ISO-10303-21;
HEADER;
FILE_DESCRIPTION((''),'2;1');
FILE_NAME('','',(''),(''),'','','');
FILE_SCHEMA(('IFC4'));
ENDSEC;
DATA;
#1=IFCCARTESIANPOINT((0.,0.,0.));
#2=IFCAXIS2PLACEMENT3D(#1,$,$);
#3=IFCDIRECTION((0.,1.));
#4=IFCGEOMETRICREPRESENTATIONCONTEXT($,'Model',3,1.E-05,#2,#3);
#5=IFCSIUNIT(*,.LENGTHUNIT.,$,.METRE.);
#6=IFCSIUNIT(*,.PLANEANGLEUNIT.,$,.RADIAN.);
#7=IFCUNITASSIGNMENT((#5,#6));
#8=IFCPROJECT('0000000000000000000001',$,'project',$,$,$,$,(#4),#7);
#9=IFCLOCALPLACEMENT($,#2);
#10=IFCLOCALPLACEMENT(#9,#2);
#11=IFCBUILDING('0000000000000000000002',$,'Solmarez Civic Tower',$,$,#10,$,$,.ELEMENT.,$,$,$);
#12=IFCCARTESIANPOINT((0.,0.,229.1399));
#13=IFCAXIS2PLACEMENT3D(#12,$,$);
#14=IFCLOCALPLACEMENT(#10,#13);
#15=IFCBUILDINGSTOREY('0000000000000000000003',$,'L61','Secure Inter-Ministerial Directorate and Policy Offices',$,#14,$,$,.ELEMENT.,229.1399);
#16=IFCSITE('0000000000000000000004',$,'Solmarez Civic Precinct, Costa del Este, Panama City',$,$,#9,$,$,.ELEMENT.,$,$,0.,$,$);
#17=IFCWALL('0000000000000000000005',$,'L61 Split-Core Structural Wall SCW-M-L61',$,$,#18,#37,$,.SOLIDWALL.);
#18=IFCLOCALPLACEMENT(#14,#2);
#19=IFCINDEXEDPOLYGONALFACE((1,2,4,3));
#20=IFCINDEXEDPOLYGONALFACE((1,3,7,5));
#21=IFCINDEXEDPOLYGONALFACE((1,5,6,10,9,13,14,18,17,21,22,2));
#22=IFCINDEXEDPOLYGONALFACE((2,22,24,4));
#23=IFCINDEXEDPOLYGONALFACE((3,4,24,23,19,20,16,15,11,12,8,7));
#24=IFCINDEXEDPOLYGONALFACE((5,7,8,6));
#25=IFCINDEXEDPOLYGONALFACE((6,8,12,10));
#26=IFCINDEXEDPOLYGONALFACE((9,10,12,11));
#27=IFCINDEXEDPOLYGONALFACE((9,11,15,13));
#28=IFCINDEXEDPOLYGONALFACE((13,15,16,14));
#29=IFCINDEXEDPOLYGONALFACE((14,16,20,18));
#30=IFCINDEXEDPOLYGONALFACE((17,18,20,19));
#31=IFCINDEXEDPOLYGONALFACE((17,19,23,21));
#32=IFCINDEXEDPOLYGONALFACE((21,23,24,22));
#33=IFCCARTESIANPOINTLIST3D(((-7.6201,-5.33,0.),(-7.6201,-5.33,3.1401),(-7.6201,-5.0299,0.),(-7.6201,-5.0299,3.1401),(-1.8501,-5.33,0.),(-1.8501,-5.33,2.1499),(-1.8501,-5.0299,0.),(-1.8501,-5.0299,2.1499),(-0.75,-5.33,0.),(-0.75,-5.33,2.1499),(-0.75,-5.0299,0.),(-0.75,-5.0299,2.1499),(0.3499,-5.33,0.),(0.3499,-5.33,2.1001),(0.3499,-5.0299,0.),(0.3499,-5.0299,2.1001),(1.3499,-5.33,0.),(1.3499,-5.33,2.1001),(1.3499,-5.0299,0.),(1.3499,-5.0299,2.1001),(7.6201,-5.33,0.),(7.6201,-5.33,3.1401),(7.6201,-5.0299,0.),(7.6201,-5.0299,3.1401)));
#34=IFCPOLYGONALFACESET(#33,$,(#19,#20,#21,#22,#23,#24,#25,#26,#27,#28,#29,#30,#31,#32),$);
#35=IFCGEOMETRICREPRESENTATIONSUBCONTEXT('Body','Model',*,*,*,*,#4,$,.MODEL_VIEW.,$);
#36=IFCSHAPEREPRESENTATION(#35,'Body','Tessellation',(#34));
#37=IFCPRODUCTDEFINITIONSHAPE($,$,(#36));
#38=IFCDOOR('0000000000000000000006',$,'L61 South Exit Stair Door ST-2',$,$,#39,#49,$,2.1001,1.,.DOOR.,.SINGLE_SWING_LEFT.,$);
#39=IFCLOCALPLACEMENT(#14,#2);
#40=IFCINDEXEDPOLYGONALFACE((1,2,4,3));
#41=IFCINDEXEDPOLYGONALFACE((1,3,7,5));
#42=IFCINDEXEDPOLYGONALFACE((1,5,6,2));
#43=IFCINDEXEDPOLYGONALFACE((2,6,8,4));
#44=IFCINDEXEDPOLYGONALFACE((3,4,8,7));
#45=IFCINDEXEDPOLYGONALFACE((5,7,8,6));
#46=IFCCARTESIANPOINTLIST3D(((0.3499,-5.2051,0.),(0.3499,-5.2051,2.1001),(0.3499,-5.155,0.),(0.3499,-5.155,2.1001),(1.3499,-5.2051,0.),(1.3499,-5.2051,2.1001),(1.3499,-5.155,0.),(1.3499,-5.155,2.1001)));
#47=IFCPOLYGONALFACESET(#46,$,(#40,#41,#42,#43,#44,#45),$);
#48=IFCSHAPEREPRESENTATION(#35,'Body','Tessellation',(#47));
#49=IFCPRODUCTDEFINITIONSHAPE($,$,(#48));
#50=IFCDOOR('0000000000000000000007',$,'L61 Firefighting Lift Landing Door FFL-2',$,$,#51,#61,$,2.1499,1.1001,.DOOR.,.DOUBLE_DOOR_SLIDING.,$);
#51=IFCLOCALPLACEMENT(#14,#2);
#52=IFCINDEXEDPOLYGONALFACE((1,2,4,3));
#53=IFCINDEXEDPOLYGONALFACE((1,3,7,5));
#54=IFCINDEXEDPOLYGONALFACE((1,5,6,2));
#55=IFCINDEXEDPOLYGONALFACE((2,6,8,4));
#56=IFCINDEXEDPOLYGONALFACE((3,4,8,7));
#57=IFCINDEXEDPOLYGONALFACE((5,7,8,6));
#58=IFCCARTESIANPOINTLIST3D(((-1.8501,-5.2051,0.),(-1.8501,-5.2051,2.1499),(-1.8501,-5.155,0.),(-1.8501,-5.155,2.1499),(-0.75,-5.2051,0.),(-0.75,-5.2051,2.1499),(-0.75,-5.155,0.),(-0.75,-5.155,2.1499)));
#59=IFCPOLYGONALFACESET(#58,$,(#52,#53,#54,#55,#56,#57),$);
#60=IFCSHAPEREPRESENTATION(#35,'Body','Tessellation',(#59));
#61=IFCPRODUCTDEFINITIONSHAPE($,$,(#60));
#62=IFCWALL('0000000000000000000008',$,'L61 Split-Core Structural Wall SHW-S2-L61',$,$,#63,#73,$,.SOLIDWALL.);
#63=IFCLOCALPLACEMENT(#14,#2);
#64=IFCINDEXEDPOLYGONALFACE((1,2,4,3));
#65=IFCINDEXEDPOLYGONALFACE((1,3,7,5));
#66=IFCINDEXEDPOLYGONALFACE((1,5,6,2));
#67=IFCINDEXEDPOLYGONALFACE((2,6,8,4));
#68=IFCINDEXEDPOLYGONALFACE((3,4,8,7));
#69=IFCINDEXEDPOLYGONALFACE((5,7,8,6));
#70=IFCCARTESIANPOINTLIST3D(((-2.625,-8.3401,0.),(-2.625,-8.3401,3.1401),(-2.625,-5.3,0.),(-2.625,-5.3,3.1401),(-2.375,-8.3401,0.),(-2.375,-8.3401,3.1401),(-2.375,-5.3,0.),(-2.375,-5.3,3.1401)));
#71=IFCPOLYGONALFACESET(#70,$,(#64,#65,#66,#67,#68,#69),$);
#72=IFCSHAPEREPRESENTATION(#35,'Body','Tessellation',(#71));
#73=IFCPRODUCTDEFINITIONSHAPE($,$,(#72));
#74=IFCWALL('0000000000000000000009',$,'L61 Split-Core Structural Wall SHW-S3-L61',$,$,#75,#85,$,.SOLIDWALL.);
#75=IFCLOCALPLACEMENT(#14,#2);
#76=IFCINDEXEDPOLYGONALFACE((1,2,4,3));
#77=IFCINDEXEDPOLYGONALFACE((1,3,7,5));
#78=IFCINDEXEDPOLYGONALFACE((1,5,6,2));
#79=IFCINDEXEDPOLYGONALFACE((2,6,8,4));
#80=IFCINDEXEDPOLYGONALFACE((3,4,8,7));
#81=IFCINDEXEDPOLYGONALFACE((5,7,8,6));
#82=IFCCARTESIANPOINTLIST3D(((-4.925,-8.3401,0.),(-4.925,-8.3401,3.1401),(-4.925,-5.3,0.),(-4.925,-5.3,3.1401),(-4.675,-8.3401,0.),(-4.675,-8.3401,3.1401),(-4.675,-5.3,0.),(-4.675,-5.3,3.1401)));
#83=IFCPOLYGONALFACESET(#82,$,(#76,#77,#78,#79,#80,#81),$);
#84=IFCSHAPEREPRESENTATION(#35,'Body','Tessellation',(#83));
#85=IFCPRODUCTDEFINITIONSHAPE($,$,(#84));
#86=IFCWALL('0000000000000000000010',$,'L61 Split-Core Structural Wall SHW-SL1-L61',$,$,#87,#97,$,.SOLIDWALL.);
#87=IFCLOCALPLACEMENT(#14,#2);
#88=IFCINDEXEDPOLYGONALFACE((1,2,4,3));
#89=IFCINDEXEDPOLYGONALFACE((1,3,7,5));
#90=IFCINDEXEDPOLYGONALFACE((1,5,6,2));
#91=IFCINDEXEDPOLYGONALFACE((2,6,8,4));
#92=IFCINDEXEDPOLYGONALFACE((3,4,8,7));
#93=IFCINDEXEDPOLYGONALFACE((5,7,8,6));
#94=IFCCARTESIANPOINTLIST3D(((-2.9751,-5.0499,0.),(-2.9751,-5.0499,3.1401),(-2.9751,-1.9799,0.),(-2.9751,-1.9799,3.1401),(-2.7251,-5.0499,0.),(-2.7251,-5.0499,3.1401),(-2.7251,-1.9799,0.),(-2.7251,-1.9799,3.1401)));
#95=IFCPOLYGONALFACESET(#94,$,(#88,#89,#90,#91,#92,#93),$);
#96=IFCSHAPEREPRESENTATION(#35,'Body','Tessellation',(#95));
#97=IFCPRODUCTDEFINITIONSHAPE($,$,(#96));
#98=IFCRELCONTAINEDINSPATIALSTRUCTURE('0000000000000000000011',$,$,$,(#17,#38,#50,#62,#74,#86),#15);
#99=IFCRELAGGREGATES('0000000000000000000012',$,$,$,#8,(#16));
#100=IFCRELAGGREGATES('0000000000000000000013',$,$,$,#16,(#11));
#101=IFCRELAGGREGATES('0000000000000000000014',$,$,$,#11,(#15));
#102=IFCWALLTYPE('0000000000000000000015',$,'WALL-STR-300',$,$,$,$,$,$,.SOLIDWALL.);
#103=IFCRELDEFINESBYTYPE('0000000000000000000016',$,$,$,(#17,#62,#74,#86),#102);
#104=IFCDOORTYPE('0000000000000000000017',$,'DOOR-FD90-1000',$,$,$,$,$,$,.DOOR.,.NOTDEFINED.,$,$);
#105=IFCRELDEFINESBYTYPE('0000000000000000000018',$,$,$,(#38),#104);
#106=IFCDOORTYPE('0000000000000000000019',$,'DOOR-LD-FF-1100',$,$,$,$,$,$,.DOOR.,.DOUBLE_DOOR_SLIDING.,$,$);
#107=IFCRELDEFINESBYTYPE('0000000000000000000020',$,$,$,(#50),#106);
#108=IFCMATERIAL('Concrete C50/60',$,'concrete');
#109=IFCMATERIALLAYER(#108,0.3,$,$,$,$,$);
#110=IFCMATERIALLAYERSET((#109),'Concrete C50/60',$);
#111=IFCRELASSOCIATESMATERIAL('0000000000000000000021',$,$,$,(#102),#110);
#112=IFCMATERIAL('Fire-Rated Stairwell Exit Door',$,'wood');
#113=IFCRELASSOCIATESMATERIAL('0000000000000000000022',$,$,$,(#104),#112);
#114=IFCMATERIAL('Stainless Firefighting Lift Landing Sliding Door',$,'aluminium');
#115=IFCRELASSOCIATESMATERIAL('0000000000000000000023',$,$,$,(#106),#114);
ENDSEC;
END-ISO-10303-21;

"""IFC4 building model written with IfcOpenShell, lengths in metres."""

from ifc_helpers import new_model, si_unit, direction, frame, frame_2d, origin, place, context, subcontext, project, spatial, rectangle, extrude, material, layer, layer_set, type_object, element, fill, save


model = new_model("IFC4")

# Units and contexts
model_context = context("Model", 3, precision=1e-05, world=origin(), true_north=direction((0.0, 1.0)))
body_context = subcontext(model_context, "Body", "Model", "MODEL_VIEW")
ifc_project = project(units=[si_unit("LENGTHUNIT", "METRE"), si_unit("PLANEANGLEUNIT", "RADIAN")], contexts=[model_context])

# Site, building, storey
site_placement = place(None, origin())
site = spatial("IfcSite", under=ifc_project, at=site_placement, Name="Solmarez Civic Precinct, Costa del Este, Panama City", CompositionType="ELEMENT", RefElevation=0.0)
building_placement = place(site_placement, origin())
building = spatial("IfcBuilding", under=site, at=building_placement, Name="Solmarez Civic Tower", CompositionType="ELEMENT")
storey_placement = place(building_placement, frame((0.0, 0.0, 229.1399)))
storey = spatial("IfcBuildingStorey", under=building, at=storey_placement, Name="L61", Description="Secure Inter-Ministerial Directorate and Policy Offices", CompositionType="ELEMENT", Elevation=229.1399)

# Shared definitions
ifc_material_1 = material(Name="Concrete C50/60", Category="concrete")

# Wall, openings, doors
ifc_layer_1 = layer(ifc_material_1, 0.3)
ifc_layer_set_1 = layer_set([ifc_layer_1], Name="Concrete C50/60")
wall_type_1 = type_object("IfcWallType", Name="WALL-STR-300", PredefinedType="SOLIDWALL", material=ifc_layer_set_1)
wall_1_placement = place(storey_placement, frame((-7.6201, -5.1799, 0.0), z_axis=(0.0, 0.0, 1.0), x_axis=(1.0, 0.0, 0.0)))
wall_1 = element("IfcWall", 1, at=wall_1_placement, inside=storey, type_object=wall_type_1, Name="L61 Split-Core Structural Wall SCW-M-L61", PredefinedType="SOLIDWALL", context=body_context, shape_type="SweptSolid", body=[
    extrude(rectangle(XDim=15.2402, YDim=0.3, at=frame_2d((7.6201, 0.0))), origin(), (0.0, 0.0, 1.0), 3.1401),
])
opening_1_placement = place(wall_1_placement, frame((5.77, 0.0, 0.0)))
opening_1 = element("IfcOpeningElement", 2, at=opening_1_placement, cuts=wall_1, PredefinedType="OPENING", context=body_context, shape_type="SweptSolid", body=[
    extrude(rectangle(XDim=1.1001, YDim=2.1499, at=frame_2d((0.55, 1.075))), frame((0.0, 0.1599, 0.0), z_axis=(0.0, -1.0, 0.0), x_axis=(1.0, 0.0, 0.0)), (0.0, 0.0, 1.0), 0.3201),
])
opening_2_placement = place(wall_1_placement, frame((7.97, 0.0, 0.0)))
opening_2 = element("IfcOpeningElement", 3, at=opening_2_placement, cuts=wall_1, PredefinedType="OPENING", context=body_context, shape_type="SweptSolid", body=[
    extrude(rectangle(XDim=1.0, YDim=2.1001, at=frame_2d((0.5, 1.05))), frame((0.0, 0.1599, 0.0), z_axis=(0.0, -1.0, 0.0), x_axis=(1.0, 0.0, 0.0)), (0.0, 0.0, 1.0), 0.3201),
])
ifc_material_2 = material(Name="Fire-Rated Stairwell Exit Door", Category="wood")
door_type_1 = type_object("IfcDoorType", Name="DOOR-FD90-1000", OperationType="NOTDEFINED", PredefinedType="DOOR", material=ifc_material_2)
door_1_placement = place(opening_2_placement, origin())
door_1 = element("IfcDoor", 4, at=door_1_placement, inside=storey, type_object=door_type_1, Name="L61 South Exit Stair Door ST-2", OperationType="SINGLE_SWING_LEFT", OverallHeight=2.1001, OverallWidth=1.0, PredefinedType="DOOR", context=body_context, shape_type="SweptSolid", body=[
    extrude(rectangle(XDim=1.0, YDim=2.1001, at=frame_2d((0.5, 1.05))), frame((0.0, 0.0249, 0.0), z_axis=(0.0, -1.0, 0.0), x_axis=(1.0, 0.0, 0.0)), (0.0, 0.0, 1.0), 0.05),
])
fill(opening_2, door_1)
ifc_material_3 = material(Name="Stainless Firefighting Lift Landing Sliding Door", Category="aluminium")
door_type_2 = type_object("IfcDoorType", Name="DOOR-LD-FF-1100", OperationType="DOUBLE_DOOR_SLIDING", PredefinedType="DOOR", material=ifc_material_3)
door_2_placement = place(opening_1_placement, origin())
door_2 = element("IfcDoor", 5, at=door_2_placement, inside=storey, type_object=door_type_2, Name="L61 Firefighting Lift Landing Door FFL-2", OperationType="DOUBLE_DOOR_SLIDING", OverallHeight=2.1499, OverallWidth=1.1001, PredefinedType="DOOR", context=body_context, shape_type="SweptSolid", body=[
    extrude(rectangle(XDim=1.1001, YDim=2.1499, at=frame_2d((0.55, 1.075))), frame((0.0, 0.0249, 0.0), z_axis=(0.0, -1.0, 0.0), x_axis=(1.0, 0.0, 0.0)), (0.0, 0.0, 1.0), 0.05),
])
fill(opening_1, door_2)

# Walls
for number, where, z_axis, x_axis, name in (
    (6, (-2.5, -8.3401, 0.0), (0.0, 0.0, 1.0), (0.0, 1.0, 0.0), "L61 Split-Core Structural Wall SHW-S2-L61"),
    (7, (-4.8, -8.3401, 0.0), (0.0, 0.0, 1.0), (0.0, 1.0, 0.0), "L61 Split-Core Structural Wall SHW-S3-L61"),
):
    element("IfcWall", number, at=place(storey_placement, frame(where, z_axis=z_axis, x_axis=x_axis)), inside=storey, type_object=wall_type_1, Name=name, PredefinedType="SOLIDWALL", context=body_context, shape_type="SweptSolid", body=[
        extrude(rectangle(XDim=3.04, YDim=0.25, at=frame_2d((1.52, 0.0))), origin(), (0.0, 0.0, 1.0), 3.1401),
    ])
wall_2_placement = place(storey_placement, frame((-2.8501, -5.05, 0.0), z_axis=(0.0, 0.0, 1.0), x_axis=(0.0, 1.0, 0.0)))
element("IfcWall", 8, at=wall_2_placement, inside=storey, type_object=wall_type_1, Name="L61 Split-Core Structural Wall SHW-SL1-L61", PredefinedType="SOLIDWALL", context=body_context, shape_type="SweptSolid", body=[
    extrude(rectangle(XDim=3.0701, YDim=0.25, at=frame_2d((1.5352, 0.0))), origin(), (0.0, 0.0, 1.0), 3.1401),
])

save(model, "model.ifc")
